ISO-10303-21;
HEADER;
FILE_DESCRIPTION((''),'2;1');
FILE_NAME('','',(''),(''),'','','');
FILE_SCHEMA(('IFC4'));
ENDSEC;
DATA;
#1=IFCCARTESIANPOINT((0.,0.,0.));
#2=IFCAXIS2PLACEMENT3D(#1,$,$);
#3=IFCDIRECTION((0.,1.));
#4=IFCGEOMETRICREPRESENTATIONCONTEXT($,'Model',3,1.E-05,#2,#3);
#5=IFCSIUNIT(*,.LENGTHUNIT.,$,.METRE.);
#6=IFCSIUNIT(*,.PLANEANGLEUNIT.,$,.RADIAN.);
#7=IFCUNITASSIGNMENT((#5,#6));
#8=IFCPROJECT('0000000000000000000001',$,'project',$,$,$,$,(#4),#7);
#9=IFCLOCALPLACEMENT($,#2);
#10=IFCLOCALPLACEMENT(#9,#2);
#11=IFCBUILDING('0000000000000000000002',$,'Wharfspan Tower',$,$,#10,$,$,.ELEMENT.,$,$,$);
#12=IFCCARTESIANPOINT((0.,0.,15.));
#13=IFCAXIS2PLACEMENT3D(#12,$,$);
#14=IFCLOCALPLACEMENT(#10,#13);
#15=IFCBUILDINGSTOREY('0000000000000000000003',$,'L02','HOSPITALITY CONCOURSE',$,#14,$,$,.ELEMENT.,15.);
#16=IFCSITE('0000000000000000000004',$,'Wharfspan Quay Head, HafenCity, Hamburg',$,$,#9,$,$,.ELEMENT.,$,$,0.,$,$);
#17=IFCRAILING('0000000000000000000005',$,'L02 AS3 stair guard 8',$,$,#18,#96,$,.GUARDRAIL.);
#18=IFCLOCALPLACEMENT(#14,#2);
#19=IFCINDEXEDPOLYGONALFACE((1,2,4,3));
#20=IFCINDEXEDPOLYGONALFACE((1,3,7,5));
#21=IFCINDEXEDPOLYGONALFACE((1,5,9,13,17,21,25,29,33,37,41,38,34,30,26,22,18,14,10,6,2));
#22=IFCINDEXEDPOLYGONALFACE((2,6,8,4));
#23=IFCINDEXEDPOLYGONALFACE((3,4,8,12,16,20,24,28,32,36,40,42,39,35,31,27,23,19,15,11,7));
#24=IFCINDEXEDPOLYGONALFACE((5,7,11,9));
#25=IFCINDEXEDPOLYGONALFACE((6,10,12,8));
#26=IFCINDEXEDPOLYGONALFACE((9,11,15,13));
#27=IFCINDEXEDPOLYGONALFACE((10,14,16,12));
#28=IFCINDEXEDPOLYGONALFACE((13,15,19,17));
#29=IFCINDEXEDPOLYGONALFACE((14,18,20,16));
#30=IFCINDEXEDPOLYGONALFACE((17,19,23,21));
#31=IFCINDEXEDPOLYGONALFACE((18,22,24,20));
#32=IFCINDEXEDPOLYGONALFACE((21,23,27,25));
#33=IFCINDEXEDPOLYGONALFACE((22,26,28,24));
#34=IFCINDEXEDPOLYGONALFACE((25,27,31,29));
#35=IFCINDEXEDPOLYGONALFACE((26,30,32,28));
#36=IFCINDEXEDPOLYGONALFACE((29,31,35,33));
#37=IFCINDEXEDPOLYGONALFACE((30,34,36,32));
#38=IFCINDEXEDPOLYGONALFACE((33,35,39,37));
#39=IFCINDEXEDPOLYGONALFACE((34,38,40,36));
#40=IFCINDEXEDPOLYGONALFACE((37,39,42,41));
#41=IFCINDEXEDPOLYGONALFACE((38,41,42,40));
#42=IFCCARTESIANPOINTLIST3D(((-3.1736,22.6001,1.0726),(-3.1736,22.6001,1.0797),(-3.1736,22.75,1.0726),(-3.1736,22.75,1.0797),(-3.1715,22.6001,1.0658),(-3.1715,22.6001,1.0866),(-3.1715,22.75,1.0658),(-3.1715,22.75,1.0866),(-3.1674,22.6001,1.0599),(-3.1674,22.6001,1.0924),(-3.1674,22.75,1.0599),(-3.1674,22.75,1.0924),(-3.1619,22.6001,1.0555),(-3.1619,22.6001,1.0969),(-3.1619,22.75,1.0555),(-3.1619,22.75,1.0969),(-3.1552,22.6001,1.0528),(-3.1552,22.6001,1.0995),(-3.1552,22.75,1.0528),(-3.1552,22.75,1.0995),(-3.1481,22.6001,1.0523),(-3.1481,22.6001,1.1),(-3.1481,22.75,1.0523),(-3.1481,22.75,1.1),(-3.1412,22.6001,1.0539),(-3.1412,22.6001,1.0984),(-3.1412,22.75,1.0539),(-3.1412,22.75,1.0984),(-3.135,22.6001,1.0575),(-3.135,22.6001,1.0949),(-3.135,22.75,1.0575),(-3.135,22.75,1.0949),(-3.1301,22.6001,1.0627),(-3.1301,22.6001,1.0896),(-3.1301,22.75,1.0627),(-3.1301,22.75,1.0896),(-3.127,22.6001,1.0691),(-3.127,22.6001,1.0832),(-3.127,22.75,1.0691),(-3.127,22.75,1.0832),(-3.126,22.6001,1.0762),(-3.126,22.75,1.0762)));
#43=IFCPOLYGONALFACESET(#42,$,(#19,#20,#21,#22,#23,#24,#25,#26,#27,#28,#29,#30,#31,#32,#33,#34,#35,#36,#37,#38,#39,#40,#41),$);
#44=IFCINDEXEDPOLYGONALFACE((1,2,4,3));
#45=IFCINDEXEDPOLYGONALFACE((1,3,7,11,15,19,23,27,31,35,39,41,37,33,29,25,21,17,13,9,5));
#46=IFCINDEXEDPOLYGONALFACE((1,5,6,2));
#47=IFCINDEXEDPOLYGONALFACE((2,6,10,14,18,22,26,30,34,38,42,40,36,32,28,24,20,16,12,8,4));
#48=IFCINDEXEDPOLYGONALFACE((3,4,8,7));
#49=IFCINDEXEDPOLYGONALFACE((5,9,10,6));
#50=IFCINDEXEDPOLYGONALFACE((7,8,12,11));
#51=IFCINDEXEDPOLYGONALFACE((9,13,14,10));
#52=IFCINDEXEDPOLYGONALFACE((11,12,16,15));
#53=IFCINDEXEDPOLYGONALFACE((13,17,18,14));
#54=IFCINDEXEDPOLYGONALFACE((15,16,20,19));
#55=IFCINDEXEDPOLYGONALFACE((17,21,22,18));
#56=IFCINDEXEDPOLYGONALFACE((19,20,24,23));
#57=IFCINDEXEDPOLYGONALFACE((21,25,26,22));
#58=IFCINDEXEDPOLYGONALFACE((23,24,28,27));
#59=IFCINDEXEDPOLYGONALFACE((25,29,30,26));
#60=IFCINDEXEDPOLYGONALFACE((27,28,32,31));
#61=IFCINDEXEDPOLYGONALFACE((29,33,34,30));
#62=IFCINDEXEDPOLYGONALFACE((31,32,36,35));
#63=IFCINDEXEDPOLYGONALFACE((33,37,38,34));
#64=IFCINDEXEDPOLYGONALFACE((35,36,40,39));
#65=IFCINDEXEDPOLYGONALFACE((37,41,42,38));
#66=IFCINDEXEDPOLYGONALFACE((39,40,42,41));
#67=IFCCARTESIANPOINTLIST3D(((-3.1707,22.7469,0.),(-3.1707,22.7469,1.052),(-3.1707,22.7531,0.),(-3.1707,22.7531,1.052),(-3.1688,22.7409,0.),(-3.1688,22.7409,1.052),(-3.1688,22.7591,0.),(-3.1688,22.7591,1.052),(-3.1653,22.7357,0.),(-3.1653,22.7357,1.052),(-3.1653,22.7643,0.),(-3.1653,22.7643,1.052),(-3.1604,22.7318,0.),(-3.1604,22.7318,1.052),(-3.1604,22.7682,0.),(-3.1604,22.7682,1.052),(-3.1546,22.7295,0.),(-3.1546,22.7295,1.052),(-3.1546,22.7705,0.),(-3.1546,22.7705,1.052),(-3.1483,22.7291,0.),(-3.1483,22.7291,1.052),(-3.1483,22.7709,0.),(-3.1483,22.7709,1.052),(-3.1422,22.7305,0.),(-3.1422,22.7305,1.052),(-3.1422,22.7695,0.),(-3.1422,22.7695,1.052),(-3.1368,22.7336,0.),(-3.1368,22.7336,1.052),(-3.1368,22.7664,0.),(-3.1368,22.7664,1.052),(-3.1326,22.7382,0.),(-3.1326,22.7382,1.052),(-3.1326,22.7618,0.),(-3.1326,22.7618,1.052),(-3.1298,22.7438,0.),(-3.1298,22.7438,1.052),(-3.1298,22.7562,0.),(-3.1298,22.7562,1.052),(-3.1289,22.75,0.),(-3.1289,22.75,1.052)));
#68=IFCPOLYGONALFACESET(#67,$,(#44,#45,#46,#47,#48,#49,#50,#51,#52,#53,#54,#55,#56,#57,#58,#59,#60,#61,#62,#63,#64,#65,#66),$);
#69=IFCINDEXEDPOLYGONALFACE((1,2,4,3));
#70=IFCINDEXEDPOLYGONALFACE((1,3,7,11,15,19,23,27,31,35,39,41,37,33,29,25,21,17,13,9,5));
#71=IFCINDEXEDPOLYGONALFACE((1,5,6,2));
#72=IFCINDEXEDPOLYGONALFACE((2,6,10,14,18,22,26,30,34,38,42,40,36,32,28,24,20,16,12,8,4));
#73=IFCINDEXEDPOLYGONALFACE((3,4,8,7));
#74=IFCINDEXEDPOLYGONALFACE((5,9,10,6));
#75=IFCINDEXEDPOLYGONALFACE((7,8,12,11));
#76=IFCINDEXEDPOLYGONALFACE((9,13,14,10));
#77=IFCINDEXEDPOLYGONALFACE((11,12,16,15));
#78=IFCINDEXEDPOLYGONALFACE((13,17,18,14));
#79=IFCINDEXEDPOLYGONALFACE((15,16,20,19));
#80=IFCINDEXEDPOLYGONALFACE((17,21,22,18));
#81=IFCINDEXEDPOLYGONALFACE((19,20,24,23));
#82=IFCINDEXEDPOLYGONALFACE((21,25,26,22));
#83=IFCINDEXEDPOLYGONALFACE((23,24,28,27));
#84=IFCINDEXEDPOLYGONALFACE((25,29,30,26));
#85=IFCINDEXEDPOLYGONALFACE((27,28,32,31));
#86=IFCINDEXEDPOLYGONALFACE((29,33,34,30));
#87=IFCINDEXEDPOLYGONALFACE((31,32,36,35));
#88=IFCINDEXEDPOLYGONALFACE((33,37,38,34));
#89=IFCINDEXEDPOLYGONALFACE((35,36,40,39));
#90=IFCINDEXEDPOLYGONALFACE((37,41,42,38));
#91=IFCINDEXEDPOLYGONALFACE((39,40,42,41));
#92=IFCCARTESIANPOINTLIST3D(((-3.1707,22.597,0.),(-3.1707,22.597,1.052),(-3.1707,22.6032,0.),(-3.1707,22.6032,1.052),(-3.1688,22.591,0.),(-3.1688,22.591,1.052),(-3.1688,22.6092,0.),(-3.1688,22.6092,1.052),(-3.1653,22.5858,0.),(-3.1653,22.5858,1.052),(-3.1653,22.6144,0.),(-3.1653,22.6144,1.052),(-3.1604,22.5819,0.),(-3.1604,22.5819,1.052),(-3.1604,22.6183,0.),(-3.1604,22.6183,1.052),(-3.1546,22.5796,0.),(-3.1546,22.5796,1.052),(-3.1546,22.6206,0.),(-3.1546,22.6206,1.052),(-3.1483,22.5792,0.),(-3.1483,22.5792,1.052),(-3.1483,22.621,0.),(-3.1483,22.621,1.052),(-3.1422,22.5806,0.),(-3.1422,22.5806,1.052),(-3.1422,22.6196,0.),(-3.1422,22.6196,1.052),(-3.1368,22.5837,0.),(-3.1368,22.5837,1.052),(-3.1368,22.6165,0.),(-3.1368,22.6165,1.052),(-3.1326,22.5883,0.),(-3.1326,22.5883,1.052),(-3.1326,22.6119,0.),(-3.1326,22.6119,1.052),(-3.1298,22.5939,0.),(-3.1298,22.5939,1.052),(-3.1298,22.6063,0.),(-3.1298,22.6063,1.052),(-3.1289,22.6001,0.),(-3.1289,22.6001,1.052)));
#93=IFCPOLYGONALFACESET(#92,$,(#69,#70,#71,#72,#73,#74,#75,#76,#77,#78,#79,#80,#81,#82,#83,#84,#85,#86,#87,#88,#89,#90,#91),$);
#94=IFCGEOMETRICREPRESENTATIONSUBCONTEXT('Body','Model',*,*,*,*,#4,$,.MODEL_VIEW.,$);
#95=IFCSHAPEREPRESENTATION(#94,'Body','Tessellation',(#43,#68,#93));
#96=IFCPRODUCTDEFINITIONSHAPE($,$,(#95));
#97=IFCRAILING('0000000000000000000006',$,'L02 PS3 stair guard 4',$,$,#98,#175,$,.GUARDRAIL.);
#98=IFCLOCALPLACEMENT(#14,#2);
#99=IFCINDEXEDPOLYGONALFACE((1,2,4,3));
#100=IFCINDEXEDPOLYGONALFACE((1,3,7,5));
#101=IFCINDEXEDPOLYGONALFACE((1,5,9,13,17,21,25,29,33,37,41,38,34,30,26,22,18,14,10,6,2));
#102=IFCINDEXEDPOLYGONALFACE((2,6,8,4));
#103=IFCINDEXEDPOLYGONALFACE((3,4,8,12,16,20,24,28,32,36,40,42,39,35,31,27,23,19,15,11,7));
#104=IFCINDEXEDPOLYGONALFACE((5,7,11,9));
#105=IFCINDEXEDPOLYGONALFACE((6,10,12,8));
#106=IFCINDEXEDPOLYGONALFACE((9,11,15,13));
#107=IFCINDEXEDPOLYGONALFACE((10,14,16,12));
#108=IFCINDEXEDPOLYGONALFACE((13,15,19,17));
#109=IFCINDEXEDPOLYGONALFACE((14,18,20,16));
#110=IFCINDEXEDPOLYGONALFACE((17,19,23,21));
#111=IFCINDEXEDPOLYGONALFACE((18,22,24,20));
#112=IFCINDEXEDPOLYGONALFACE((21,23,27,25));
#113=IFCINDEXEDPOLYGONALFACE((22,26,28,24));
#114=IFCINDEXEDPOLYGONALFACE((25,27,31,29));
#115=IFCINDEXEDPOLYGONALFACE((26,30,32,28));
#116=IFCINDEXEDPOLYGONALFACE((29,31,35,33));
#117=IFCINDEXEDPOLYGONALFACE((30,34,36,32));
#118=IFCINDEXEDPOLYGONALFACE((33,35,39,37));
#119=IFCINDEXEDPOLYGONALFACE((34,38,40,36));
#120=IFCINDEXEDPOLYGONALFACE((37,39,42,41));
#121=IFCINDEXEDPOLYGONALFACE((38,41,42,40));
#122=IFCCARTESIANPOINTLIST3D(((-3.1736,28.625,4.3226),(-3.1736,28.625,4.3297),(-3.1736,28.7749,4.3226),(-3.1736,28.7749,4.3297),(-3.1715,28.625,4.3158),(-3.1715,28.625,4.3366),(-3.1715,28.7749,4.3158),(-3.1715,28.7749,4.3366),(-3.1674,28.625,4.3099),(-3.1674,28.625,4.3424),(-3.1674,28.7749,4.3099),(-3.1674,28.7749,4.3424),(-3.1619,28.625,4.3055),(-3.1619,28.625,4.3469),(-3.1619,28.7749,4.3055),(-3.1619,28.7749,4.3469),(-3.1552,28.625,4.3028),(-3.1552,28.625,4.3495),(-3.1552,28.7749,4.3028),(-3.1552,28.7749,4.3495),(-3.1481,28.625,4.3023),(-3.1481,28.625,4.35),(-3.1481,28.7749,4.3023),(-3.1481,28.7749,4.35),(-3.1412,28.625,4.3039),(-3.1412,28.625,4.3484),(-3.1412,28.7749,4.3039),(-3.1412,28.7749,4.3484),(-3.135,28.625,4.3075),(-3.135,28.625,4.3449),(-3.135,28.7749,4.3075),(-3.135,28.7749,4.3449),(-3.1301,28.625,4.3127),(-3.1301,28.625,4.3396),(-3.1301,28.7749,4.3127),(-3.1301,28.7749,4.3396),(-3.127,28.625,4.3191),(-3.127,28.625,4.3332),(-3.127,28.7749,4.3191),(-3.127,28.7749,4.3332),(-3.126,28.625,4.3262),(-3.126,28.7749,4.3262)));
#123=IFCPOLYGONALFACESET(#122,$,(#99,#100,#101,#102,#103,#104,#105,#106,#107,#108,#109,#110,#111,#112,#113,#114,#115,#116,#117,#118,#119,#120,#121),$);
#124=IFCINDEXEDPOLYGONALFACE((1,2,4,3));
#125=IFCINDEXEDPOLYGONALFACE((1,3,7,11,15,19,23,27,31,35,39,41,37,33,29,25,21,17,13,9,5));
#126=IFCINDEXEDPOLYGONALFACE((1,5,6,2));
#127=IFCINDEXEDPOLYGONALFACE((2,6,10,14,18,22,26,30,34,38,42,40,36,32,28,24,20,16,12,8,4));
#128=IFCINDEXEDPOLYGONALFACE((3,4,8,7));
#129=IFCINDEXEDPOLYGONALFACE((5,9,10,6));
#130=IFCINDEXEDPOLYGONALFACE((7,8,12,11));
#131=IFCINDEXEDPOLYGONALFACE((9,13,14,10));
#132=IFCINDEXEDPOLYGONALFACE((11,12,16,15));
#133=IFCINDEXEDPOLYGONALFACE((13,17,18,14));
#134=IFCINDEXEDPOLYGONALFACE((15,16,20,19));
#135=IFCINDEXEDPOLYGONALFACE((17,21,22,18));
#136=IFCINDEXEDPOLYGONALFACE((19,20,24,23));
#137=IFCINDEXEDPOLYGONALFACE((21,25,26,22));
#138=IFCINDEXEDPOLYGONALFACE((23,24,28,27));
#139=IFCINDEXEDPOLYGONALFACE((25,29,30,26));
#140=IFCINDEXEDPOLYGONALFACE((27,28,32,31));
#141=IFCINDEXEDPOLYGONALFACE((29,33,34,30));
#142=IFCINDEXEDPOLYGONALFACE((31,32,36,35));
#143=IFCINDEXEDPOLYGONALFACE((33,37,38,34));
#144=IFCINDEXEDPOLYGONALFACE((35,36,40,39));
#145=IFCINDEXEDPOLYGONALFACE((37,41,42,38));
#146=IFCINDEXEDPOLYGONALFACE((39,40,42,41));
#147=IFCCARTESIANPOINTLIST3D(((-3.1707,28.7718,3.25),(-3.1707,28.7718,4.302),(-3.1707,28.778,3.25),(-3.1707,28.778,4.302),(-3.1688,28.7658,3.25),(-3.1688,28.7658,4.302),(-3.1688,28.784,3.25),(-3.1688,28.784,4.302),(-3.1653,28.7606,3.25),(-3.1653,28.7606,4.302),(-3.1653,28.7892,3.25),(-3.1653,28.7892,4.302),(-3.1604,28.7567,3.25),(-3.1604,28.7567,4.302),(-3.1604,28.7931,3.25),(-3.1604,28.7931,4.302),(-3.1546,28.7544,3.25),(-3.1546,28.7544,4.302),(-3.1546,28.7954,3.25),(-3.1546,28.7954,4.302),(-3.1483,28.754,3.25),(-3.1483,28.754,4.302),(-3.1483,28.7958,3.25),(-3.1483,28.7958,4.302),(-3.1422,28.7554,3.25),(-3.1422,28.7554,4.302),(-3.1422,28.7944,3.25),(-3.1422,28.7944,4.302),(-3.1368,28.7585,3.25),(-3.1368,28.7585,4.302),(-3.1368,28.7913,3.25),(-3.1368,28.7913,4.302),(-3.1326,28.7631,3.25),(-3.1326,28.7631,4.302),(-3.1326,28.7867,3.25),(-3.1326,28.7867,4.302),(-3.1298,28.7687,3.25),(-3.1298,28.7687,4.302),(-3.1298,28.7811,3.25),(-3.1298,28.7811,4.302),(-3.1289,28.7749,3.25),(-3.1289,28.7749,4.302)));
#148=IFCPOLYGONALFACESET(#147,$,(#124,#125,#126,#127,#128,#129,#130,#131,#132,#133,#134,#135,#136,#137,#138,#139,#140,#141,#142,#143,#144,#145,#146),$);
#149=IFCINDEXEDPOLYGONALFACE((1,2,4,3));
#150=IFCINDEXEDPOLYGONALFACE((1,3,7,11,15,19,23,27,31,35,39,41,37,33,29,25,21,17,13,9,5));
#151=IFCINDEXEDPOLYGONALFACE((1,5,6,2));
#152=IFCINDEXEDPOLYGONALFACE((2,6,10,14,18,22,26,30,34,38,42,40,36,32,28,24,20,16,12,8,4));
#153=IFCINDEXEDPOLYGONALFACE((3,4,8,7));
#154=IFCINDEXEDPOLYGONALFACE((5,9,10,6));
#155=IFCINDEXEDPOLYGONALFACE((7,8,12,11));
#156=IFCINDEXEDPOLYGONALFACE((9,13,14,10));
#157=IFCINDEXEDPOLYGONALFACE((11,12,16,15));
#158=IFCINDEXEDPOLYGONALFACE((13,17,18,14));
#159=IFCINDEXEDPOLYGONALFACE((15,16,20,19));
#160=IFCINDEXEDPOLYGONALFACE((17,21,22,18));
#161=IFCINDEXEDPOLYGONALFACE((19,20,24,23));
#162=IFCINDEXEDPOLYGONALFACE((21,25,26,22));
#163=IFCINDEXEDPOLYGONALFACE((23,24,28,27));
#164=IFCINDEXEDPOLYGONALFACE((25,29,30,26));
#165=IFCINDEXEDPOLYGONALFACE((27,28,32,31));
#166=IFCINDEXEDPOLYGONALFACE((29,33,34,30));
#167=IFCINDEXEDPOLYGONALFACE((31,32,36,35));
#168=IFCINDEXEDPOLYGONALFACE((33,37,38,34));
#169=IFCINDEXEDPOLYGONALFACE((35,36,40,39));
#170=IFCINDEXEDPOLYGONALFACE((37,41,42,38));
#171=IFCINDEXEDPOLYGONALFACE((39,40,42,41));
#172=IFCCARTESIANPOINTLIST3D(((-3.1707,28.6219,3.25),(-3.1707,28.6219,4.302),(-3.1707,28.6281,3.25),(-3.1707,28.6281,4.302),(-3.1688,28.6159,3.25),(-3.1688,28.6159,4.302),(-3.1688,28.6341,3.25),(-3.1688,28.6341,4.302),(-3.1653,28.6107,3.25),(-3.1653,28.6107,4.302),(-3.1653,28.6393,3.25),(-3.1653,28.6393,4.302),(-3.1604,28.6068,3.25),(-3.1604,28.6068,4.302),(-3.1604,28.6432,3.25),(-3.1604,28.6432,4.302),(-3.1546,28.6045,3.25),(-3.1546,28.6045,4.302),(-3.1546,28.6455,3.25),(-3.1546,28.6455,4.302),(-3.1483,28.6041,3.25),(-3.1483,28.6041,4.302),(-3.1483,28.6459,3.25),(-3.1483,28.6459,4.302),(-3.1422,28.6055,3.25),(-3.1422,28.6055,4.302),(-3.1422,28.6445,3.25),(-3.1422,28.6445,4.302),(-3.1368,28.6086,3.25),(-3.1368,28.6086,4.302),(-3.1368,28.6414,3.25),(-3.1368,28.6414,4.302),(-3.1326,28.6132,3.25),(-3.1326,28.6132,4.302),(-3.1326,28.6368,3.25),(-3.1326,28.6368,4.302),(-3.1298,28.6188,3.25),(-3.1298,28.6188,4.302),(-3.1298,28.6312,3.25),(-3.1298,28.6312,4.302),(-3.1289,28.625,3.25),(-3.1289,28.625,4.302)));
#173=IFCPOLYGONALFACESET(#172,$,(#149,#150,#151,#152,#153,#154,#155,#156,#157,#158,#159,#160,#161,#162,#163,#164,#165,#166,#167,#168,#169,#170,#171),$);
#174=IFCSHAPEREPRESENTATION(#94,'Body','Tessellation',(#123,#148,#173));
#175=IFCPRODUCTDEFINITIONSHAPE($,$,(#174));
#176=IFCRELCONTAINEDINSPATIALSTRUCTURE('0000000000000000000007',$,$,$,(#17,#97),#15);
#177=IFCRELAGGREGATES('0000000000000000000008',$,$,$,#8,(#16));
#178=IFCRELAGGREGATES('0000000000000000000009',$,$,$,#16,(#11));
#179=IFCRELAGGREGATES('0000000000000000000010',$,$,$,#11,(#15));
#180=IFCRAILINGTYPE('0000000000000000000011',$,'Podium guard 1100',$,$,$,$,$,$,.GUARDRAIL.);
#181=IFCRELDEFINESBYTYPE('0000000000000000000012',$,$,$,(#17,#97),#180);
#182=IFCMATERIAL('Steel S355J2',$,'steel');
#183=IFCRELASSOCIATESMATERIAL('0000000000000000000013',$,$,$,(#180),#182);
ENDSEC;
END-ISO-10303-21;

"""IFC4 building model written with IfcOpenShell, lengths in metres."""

from ifc_helpers import new_model, si_unit, direction, frame, origin, origin_2d, place, context, subcontext, project, spatial, circle, extrude, material, type_object, element, save


model = new_model("IFC4")

# Units and contexts
model_context = context("Model", 3, precision=1e-05, world=origin(), true_north=direction((0.0, 1.0)))
body_context = subcontext(model_context, "Body", "Model", "MODEL_VIEW")
ifc_project = project(units=[si_unit("LENGTHUNIT", "METRE"), si_unit("PLANEANGLEUNIT", "RADIAN")], contexts=[model_context])

# Site, building, storey
site_placement = place(None, origin())
site = spatial("IfcSite", under=ifc_project, at=site_placement, Name="Wharfspan Quay Head, HafenCity, Hamburg", CompositionType="ELEMENT", RefElevation=0.0)
building_placement = place(site_placement, origin())
building = spatial("IfcBuilding", under=site, at=building_placement, Name="Wharfspan Tower", CompositionType="ELEMENT")
storey_placement = place(building_placement, frame((0.0, 0.0, 15.0)))
storey = spatial("IfcBuildingStorey", under=building, at=storey_placement, Name="L02", Description="HOSPITALITY CONCOURSE", CompositionType="ELEMENT", Elevation=15.0)

# Railings
ifc_material_1 = material(Name="Steel S355J2", Category="steel")
railing_type = type_object("IfcRailingType", Name="Podium guard 1100", PredefinedType="GUARDRAIL", material=ifc_material_1)
for number, where, name in (
    (1, (-3.1499, 22.75, 0.0), "L02 AS3 stair guard 8"),
    (2, (-3.1499, 28.7749, 3.25), "L02 PS3 stair guard 4"),
):
    element("IfcRailing", number, at=place(storey_placement, frame(where)), inside=storey, type_object=railing_type, Name=name, PredefinedType="GUARDRAIL", context=body_context, shape_type="SweptSolid", body=[
        extrude(circle(Radius=0.0239, at=origin_2d()), frame((0.0, 0.0, 1.0762), z_axis=(0.0, -1.0, 0.0), x_axis=(1.0, 0.0, 0.0)), (0.0, 0.0, 1.0), 0.1499),
        extrude(circle(Radius=0.021, at=origin_2d()), origin(), (0.0, 0.0, 1.0), 1.052),
        extrude(circle(Radius=0.021, at=origin_2d()), frame((0.0, -0.1499, 0.0)), (0.0, 0.0, 1.0), 1.052),
    ])

save(model, "model.ifc")
